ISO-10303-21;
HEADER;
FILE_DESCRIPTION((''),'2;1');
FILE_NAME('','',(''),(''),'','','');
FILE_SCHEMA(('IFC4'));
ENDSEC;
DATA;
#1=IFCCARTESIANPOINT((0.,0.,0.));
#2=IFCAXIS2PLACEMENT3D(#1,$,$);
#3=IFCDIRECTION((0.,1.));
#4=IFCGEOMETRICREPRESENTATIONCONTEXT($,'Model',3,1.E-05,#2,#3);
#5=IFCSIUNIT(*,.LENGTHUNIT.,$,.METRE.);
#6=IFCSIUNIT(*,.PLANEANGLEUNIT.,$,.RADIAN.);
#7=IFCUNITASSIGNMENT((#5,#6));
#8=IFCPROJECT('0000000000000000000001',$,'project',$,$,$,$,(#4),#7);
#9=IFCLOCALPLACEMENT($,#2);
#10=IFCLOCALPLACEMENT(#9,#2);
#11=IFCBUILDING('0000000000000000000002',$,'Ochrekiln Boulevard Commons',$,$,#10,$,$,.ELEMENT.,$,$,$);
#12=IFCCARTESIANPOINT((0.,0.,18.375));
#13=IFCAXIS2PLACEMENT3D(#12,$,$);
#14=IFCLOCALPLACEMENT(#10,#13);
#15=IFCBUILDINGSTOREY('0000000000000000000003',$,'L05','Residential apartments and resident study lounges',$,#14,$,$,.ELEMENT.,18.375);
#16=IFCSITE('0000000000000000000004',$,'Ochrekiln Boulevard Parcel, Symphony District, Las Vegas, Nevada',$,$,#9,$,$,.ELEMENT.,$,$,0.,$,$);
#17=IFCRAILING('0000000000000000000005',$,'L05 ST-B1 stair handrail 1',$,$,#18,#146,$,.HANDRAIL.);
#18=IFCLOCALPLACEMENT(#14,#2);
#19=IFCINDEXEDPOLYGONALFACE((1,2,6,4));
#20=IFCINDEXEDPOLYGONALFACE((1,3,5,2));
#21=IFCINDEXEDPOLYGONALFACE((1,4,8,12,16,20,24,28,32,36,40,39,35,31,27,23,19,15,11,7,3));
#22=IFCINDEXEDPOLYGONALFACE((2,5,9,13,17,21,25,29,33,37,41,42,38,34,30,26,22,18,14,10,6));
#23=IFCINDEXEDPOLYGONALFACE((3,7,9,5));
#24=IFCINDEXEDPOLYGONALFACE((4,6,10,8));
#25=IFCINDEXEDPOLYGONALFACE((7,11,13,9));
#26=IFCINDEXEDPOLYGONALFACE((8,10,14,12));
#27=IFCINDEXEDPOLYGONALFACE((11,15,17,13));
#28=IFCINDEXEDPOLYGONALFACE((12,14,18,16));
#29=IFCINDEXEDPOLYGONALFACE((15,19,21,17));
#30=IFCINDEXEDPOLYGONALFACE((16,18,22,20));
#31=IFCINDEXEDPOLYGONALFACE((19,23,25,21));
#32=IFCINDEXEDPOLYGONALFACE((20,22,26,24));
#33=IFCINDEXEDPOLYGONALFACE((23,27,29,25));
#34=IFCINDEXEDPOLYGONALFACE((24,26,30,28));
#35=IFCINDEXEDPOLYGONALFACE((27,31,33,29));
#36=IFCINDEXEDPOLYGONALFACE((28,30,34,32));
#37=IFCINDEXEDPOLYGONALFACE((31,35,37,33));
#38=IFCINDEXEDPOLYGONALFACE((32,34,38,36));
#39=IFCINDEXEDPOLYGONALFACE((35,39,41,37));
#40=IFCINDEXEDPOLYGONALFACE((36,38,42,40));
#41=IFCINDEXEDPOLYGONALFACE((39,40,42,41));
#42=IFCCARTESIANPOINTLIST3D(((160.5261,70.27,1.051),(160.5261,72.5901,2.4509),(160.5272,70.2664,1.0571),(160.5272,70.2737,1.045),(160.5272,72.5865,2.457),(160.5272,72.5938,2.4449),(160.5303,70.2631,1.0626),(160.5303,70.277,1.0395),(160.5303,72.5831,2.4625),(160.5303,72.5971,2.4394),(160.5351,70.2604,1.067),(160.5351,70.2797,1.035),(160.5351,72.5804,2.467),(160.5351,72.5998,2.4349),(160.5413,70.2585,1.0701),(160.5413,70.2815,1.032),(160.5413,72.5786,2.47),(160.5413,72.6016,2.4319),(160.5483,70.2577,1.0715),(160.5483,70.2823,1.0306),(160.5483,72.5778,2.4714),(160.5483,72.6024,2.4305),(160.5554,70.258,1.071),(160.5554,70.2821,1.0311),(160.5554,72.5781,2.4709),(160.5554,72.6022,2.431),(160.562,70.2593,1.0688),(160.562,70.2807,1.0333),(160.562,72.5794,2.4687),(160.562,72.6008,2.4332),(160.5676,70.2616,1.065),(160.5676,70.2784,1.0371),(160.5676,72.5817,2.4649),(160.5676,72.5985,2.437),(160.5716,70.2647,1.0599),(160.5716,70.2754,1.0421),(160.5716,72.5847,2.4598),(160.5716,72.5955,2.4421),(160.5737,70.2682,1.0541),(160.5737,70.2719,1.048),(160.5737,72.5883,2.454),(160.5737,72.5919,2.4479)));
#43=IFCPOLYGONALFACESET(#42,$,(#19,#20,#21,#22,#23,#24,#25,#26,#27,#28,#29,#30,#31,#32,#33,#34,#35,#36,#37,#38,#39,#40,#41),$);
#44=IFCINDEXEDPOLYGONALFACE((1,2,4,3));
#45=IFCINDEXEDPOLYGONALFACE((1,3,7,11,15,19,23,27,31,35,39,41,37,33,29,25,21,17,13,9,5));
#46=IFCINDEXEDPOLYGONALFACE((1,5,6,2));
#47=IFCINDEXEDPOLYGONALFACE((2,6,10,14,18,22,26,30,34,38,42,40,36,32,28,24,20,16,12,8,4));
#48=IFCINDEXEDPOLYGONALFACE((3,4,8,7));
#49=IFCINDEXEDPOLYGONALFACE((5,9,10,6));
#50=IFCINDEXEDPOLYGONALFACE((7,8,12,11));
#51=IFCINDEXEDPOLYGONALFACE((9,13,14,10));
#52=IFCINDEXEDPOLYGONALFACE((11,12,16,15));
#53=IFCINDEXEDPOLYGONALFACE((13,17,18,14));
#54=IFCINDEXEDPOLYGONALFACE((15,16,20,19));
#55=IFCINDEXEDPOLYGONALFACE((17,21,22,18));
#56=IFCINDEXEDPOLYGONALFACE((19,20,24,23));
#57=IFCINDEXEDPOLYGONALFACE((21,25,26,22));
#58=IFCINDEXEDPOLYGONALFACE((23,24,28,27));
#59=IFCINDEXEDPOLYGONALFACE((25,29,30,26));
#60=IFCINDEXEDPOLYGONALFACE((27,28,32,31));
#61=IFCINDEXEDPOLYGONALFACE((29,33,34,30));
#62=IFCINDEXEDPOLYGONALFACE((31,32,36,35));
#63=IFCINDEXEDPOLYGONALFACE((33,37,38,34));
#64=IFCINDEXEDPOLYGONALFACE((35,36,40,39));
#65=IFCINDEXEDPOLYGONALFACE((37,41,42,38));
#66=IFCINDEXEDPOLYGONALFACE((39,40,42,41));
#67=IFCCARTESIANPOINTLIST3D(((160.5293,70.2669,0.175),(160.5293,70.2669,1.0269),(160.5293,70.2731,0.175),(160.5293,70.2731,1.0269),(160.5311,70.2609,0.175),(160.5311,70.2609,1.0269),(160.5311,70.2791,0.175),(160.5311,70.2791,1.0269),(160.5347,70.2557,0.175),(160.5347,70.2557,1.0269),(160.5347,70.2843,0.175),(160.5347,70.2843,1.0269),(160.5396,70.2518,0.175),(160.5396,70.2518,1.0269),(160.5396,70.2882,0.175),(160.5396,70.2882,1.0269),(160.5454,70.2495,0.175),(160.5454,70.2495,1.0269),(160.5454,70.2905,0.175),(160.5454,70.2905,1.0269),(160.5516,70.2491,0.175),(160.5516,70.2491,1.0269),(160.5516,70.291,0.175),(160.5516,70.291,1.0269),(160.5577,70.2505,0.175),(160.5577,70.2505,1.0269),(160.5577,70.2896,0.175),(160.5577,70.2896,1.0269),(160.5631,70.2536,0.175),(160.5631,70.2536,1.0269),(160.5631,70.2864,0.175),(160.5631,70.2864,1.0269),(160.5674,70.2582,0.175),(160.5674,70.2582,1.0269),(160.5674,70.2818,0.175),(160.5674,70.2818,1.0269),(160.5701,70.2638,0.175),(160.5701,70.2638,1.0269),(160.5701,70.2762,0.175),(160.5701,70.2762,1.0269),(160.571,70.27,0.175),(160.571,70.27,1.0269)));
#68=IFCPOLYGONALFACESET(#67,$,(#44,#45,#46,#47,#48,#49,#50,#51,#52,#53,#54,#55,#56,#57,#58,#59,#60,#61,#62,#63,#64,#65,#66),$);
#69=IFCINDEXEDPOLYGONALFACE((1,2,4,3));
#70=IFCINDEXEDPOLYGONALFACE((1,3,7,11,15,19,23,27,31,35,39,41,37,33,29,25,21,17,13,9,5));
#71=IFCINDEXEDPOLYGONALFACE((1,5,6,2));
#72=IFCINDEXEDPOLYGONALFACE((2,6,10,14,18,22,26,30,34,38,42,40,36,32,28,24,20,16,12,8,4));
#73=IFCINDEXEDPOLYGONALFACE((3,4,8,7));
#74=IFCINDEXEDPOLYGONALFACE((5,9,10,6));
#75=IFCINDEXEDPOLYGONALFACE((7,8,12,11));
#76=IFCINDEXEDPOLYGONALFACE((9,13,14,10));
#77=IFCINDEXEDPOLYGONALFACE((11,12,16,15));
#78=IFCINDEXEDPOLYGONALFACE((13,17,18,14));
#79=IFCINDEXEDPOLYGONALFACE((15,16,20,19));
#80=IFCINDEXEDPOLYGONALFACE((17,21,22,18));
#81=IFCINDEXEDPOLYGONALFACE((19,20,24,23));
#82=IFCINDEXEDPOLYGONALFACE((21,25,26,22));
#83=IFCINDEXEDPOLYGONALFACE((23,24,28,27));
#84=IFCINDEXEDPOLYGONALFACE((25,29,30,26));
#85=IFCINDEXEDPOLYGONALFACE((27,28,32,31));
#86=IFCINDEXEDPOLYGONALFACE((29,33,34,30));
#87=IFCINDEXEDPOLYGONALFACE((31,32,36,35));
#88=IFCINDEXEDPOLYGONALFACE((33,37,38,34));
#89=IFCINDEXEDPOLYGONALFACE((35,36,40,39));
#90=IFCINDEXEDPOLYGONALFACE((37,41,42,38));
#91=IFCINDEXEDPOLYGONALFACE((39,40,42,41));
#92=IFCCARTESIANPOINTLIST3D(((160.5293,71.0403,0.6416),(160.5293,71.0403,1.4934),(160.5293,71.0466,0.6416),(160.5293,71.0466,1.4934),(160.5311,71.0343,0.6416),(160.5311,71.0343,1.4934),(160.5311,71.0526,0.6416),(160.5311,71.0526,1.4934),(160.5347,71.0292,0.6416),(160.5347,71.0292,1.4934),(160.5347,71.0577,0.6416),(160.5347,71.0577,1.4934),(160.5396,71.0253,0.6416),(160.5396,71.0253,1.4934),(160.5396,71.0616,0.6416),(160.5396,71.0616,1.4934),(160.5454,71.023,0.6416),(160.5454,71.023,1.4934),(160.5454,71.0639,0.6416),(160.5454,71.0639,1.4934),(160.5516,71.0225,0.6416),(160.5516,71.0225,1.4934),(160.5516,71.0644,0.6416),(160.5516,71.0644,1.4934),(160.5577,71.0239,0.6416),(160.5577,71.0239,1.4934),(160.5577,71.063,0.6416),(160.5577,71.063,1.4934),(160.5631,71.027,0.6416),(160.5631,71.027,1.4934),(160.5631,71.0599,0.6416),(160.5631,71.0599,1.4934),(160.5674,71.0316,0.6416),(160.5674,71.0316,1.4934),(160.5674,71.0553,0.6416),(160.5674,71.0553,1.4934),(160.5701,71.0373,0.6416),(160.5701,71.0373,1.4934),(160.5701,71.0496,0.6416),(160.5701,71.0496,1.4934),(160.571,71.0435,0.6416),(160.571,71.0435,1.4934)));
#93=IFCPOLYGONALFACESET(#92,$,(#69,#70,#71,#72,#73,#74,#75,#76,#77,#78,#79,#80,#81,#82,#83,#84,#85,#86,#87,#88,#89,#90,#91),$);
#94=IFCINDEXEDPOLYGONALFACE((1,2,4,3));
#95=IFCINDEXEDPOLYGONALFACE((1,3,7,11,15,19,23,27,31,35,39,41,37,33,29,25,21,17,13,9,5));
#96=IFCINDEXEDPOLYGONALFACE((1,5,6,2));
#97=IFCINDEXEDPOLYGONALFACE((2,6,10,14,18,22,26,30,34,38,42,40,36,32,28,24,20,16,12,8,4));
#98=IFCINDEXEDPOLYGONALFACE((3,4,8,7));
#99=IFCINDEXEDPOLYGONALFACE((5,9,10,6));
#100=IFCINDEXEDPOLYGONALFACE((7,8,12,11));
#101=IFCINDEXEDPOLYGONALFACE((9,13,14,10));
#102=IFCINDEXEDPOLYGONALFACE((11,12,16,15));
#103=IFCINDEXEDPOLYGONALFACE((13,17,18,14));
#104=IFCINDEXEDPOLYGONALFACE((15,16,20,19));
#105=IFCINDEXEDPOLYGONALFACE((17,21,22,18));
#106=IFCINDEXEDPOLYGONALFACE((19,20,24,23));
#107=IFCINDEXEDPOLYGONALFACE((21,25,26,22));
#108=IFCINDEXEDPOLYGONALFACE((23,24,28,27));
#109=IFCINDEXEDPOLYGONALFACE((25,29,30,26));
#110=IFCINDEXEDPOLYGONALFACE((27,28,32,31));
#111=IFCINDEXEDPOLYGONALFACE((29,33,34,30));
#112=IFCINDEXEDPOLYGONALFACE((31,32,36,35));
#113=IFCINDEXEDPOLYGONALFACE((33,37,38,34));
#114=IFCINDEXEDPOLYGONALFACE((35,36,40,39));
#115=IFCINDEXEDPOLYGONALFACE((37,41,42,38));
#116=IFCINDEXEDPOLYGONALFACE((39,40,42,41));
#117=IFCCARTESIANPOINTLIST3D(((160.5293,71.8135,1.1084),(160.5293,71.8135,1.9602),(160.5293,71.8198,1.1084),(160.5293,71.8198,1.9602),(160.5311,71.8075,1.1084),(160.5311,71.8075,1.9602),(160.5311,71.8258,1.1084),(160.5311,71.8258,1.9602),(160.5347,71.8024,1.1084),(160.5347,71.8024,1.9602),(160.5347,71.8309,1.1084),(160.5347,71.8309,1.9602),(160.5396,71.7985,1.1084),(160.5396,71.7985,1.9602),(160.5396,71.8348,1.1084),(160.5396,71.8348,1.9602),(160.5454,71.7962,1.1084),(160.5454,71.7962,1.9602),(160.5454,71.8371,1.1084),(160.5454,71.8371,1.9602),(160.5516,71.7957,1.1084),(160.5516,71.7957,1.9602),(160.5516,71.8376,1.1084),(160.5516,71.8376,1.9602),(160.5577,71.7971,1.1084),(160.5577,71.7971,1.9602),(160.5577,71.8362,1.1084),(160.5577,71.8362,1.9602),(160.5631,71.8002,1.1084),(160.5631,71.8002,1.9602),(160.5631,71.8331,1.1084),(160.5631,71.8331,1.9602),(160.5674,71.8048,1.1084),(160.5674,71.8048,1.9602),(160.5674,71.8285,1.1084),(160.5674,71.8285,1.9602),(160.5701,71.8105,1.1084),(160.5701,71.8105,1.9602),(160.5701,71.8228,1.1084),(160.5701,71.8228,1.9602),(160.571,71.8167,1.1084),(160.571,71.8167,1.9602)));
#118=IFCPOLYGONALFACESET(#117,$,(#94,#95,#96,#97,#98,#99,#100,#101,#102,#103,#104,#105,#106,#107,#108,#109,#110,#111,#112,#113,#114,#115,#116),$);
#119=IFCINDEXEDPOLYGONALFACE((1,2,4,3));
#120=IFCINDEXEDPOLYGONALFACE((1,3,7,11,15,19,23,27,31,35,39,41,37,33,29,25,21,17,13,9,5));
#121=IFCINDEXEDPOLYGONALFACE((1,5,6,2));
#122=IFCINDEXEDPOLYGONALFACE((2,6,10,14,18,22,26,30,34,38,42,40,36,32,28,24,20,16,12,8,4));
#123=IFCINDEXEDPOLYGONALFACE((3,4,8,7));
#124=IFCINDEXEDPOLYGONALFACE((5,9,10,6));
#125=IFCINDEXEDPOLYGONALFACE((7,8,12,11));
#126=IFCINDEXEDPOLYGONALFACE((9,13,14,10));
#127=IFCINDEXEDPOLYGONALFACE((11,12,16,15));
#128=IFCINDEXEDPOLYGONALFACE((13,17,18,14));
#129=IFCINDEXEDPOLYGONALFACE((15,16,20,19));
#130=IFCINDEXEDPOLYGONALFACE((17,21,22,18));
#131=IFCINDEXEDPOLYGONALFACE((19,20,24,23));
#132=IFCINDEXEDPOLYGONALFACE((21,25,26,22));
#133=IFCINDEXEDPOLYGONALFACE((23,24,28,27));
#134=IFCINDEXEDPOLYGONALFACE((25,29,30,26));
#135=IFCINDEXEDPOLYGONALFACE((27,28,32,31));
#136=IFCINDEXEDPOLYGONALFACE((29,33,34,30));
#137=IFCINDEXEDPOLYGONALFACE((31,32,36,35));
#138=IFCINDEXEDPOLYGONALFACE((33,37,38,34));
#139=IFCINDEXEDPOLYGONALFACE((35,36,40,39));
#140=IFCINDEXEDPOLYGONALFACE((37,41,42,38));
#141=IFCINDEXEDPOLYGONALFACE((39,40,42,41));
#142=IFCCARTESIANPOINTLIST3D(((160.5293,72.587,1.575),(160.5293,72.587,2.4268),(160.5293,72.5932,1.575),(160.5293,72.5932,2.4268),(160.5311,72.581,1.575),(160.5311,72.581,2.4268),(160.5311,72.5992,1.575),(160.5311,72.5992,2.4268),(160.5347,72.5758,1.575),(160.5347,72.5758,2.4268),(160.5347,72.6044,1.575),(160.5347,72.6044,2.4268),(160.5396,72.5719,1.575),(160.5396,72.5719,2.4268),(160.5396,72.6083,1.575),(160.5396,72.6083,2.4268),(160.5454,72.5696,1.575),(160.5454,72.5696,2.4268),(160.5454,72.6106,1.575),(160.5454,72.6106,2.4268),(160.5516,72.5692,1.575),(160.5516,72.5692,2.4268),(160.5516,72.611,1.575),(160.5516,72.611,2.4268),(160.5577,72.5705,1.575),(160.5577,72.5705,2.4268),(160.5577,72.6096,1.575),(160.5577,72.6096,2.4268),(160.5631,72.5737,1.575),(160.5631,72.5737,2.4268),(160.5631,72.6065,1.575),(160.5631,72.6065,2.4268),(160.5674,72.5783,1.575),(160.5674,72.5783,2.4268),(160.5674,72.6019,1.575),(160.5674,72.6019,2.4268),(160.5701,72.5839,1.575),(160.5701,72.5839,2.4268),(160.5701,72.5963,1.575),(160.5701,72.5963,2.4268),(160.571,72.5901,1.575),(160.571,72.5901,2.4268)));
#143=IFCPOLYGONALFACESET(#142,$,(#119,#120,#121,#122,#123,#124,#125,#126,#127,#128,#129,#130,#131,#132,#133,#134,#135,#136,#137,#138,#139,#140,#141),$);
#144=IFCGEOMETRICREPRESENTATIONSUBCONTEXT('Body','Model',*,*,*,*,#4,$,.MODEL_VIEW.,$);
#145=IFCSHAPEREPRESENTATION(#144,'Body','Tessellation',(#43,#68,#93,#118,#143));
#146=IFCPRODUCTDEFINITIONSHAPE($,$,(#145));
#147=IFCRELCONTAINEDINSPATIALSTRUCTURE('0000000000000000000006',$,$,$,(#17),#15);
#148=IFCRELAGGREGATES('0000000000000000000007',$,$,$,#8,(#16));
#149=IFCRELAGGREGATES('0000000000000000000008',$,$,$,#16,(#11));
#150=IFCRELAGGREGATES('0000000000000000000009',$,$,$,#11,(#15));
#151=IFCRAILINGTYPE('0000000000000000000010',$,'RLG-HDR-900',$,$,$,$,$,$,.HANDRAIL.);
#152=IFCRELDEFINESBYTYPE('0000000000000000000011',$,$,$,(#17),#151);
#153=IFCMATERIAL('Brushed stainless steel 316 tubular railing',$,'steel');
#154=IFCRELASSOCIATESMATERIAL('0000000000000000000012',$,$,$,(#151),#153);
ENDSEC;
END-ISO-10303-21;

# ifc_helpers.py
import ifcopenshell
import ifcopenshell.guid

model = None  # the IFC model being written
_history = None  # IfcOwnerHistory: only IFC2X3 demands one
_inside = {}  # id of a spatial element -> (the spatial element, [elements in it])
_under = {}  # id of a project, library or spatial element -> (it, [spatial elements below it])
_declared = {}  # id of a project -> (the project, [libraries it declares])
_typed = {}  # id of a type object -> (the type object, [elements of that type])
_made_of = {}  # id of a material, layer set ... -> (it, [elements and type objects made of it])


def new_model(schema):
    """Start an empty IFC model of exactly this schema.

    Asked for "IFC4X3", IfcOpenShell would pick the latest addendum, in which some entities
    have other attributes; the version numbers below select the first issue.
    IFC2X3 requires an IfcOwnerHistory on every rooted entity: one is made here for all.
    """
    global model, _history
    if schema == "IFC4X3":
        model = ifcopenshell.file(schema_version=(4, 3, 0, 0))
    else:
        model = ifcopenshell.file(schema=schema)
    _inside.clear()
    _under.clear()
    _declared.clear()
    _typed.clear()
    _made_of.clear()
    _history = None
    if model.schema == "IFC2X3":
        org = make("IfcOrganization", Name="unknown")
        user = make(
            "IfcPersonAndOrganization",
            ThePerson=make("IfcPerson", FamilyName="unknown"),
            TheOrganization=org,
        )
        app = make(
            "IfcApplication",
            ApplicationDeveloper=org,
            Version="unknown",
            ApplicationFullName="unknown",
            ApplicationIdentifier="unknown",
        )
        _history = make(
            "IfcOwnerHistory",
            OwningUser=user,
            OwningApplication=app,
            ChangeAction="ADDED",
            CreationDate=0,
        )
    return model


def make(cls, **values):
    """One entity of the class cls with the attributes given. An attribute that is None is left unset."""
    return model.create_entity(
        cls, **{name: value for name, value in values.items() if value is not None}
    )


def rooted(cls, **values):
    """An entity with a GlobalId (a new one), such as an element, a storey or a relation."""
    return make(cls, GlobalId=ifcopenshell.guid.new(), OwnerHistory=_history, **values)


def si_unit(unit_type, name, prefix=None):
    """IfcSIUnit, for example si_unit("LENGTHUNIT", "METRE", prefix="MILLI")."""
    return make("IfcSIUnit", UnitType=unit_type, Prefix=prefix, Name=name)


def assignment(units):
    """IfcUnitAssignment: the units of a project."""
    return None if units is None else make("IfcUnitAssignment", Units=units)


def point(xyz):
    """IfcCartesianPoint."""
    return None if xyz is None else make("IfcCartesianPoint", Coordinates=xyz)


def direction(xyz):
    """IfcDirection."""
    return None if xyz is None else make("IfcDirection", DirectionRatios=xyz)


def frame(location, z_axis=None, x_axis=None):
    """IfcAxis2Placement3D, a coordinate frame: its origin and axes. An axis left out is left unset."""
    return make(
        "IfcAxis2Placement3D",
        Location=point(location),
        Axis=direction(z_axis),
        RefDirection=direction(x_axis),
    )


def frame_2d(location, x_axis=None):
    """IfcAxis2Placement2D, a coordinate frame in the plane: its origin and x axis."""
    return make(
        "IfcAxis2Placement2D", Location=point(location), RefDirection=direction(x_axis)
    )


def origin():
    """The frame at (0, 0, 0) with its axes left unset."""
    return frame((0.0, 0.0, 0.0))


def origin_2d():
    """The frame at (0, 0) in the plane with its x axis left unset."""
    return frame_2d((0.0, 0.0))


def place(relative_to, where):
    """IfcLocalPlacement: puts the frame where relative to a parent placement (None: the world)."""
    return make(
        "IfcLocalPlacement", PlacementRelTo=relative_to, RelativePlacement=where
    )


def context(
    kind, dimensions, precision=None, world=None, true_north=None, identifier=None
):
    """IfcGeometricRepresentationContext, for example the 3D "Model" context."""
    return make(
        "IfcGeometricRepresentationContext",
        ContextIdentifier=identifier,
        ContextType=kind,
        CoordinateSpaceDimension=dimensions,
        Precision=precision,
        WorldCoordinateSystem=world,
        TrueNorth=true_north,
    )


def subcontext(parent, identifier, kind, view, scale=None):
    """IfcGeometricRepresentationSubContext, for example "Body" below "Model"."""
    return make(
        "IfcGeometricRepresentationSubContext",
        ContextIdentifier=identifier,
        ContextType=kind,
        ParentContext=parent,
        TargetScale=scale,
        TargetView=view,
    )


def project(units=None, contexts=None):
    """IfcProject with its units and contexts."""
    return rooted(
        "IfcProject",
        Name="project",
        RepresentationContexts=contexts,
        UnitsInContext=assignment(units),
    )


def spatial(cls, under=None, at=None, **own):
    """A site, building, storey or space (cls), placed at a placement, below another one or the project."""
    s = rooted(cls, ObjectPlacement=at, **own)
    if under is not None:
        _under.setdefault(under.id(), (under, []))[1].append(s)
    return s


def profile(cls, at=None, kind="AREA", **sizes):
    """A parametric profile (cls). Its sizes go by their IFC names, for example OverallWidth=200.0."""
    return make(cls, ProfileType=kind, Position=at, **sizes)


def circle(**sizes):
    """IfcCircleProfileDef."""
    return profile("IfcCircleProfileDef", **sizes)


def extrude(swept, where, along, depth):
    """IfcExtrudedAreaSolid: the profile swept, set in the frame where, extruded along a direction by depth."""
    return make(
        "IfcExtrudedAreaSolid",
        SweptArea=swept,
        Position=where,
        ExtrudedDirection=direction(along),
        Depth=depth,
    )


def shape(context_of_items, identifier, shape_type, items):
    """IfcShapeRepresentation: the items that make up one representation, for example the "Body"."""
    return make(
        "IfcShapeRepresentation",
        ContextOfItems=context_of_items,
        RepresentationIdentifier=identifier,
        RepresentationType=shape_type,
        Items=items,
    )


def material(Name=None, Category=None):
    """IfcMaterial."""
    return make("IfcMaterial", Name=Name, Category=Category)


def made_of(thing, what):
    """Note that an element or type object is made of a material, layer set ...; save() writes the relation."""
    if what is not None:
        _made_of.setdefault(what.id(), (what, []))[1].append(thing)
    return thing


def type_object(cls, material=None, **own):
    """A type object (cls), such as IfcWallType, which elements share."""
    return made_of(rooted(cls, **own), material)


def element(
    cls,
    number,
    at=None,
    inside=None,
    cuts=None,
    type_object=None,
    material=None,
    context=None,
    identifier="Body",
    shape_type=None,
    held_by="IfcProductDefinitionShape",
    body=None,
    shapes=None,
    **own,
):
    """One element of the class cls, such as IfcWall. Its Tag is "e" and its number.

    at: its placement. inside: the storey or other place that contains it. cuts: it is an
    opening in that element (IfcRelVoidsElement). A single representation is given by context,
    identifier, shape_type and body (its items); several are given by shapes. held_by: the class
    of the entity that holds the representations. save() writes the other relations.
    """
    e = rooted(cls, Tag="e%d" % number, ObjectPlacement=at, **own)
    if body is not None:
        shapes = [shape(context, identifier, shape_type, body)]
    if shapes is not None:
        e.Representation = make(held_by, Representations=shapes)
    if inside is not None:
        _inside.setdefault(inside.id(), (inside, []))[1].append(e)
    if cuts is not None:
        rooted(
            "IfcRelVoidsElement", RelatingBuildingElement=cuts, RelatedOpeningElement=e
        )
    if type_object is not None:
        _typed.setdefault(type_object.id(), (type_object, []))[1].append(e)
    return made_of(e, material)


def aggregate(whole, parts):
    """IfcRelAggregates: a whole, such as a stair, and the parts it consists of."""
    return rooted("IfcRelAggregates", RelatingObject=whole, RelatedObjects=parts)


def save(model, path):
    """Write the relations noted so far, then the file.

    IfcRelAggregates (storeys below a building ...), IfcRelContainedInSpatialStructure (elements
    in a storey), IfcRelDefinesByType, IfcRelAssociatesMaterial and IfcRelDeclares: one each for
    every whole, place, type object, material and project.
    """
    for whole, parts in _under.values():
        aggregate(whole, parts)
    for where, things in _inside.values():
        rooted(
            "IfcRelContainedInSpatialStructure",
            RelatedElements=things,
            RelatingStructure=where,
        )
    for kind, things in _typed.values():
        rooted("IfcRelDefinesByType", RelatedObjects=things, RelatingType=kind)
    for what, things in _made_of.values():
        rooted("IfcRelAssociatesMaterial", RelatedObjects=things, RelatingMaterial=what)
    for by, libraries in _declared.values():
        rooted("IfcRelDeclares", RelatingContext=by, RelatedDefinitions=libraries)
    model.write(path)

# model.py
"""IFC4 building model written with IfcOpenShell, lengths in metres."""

from ifc_helpers import new_model, si_unit, direction, frame, origin, origin_2d, place, context, subcontext, project, spatial, circle, extrude, material, type_object, element, save


model = new_model("IFC4")

# Units and contexts
model_context = context("Model", 3, precision=1e-05, world=origin(), true_north=direction((0.0, 1.0)))
body_context = subcontext(model_context, "Body", "Model", "MODEL_VIEW")
ifc_project = project(units=[si_unit("LENGTHUNIT", "METRE"), si_unit("PLANEANGLEUNIT", "RADIAN")], contexts=[model_context])

# Site, building, storey
site_placement = place(None, origin())
site = spatial("IfcSite", under=ifc_project, at=site_placement, Name="Ochrekiln Boulevard Parcel, Symphony District, Las Vegas, Nevada", CompositionType="ELEMENT", RefElevation=0.0)
building_placement = place(site_placement, origin())
building = spatial("IfcBuilding", under=site, at=building_placement, Name="Ochrekiln Boulevard Commons", CompositionType="ELEMENT")
storey_placement = place(building_placement, frame((0.0, 0.0, 18.375)))
storey = spatial("IfcBuildingStorey", under=building, at=storey_placement, Name="L05", Description="Residential apartments and resident study lounges", CompositionType="ELEMENT", Elevation=18.375)

# Railing
ifc_material_1 = material(Name="Brushed stainless steel 316 tubular railing", Category="steel")
railing_type_1 = type_object("IfcRailingType", Name="RLG-HDR-900", PredefinedType="HANDRAIL", material=ifc_material_1)
railing_1_placement = place(storey_placement, frame((160.55, 70.27, 0.175)))
element("IfcRailing", 1, at=railing_1_placement, inside=storey, type_object=railing_type_1, Name="L05 ST-B1 stair handrail 1", PredefinedType="HANDRAIL", context=body_context, shape_type="SweptSolid", body=[
    extrude(circle(Radius=0.0239, at=origin_2d()), frame((0.0, 0.0, 0.876), z_axis=(0.0, 0.85621, 0.516627), x_axis=(-1.0, 0.0, 0.0)), (0.0, 0.0, 1.0), 2.7097),
    extrude(circle(Radius=0.021, at=origin_2d()), origin(), (0.0, 0.0, 1.0), 0.8518),
    extrude(circle(Radius=0.021, at=origin_2d()), frame((0.0, 0.7734, 0.4666)), (0.0, 0.0, 1.0), 0.8518),
    extrude(circle(Radius=0.021, at=origin_2d()), frame((0.0, 1.5466, 0.9333)), (0.0, 0.0, 1.0), 0.8518),
    extrude(circle(Radius=0.021, at=origin_2d()), frame((0.0, 2.3201, 1.3999)), (0.0, 0.0, 1.0), 0.8518),
])

save(model, "model.ifc")
